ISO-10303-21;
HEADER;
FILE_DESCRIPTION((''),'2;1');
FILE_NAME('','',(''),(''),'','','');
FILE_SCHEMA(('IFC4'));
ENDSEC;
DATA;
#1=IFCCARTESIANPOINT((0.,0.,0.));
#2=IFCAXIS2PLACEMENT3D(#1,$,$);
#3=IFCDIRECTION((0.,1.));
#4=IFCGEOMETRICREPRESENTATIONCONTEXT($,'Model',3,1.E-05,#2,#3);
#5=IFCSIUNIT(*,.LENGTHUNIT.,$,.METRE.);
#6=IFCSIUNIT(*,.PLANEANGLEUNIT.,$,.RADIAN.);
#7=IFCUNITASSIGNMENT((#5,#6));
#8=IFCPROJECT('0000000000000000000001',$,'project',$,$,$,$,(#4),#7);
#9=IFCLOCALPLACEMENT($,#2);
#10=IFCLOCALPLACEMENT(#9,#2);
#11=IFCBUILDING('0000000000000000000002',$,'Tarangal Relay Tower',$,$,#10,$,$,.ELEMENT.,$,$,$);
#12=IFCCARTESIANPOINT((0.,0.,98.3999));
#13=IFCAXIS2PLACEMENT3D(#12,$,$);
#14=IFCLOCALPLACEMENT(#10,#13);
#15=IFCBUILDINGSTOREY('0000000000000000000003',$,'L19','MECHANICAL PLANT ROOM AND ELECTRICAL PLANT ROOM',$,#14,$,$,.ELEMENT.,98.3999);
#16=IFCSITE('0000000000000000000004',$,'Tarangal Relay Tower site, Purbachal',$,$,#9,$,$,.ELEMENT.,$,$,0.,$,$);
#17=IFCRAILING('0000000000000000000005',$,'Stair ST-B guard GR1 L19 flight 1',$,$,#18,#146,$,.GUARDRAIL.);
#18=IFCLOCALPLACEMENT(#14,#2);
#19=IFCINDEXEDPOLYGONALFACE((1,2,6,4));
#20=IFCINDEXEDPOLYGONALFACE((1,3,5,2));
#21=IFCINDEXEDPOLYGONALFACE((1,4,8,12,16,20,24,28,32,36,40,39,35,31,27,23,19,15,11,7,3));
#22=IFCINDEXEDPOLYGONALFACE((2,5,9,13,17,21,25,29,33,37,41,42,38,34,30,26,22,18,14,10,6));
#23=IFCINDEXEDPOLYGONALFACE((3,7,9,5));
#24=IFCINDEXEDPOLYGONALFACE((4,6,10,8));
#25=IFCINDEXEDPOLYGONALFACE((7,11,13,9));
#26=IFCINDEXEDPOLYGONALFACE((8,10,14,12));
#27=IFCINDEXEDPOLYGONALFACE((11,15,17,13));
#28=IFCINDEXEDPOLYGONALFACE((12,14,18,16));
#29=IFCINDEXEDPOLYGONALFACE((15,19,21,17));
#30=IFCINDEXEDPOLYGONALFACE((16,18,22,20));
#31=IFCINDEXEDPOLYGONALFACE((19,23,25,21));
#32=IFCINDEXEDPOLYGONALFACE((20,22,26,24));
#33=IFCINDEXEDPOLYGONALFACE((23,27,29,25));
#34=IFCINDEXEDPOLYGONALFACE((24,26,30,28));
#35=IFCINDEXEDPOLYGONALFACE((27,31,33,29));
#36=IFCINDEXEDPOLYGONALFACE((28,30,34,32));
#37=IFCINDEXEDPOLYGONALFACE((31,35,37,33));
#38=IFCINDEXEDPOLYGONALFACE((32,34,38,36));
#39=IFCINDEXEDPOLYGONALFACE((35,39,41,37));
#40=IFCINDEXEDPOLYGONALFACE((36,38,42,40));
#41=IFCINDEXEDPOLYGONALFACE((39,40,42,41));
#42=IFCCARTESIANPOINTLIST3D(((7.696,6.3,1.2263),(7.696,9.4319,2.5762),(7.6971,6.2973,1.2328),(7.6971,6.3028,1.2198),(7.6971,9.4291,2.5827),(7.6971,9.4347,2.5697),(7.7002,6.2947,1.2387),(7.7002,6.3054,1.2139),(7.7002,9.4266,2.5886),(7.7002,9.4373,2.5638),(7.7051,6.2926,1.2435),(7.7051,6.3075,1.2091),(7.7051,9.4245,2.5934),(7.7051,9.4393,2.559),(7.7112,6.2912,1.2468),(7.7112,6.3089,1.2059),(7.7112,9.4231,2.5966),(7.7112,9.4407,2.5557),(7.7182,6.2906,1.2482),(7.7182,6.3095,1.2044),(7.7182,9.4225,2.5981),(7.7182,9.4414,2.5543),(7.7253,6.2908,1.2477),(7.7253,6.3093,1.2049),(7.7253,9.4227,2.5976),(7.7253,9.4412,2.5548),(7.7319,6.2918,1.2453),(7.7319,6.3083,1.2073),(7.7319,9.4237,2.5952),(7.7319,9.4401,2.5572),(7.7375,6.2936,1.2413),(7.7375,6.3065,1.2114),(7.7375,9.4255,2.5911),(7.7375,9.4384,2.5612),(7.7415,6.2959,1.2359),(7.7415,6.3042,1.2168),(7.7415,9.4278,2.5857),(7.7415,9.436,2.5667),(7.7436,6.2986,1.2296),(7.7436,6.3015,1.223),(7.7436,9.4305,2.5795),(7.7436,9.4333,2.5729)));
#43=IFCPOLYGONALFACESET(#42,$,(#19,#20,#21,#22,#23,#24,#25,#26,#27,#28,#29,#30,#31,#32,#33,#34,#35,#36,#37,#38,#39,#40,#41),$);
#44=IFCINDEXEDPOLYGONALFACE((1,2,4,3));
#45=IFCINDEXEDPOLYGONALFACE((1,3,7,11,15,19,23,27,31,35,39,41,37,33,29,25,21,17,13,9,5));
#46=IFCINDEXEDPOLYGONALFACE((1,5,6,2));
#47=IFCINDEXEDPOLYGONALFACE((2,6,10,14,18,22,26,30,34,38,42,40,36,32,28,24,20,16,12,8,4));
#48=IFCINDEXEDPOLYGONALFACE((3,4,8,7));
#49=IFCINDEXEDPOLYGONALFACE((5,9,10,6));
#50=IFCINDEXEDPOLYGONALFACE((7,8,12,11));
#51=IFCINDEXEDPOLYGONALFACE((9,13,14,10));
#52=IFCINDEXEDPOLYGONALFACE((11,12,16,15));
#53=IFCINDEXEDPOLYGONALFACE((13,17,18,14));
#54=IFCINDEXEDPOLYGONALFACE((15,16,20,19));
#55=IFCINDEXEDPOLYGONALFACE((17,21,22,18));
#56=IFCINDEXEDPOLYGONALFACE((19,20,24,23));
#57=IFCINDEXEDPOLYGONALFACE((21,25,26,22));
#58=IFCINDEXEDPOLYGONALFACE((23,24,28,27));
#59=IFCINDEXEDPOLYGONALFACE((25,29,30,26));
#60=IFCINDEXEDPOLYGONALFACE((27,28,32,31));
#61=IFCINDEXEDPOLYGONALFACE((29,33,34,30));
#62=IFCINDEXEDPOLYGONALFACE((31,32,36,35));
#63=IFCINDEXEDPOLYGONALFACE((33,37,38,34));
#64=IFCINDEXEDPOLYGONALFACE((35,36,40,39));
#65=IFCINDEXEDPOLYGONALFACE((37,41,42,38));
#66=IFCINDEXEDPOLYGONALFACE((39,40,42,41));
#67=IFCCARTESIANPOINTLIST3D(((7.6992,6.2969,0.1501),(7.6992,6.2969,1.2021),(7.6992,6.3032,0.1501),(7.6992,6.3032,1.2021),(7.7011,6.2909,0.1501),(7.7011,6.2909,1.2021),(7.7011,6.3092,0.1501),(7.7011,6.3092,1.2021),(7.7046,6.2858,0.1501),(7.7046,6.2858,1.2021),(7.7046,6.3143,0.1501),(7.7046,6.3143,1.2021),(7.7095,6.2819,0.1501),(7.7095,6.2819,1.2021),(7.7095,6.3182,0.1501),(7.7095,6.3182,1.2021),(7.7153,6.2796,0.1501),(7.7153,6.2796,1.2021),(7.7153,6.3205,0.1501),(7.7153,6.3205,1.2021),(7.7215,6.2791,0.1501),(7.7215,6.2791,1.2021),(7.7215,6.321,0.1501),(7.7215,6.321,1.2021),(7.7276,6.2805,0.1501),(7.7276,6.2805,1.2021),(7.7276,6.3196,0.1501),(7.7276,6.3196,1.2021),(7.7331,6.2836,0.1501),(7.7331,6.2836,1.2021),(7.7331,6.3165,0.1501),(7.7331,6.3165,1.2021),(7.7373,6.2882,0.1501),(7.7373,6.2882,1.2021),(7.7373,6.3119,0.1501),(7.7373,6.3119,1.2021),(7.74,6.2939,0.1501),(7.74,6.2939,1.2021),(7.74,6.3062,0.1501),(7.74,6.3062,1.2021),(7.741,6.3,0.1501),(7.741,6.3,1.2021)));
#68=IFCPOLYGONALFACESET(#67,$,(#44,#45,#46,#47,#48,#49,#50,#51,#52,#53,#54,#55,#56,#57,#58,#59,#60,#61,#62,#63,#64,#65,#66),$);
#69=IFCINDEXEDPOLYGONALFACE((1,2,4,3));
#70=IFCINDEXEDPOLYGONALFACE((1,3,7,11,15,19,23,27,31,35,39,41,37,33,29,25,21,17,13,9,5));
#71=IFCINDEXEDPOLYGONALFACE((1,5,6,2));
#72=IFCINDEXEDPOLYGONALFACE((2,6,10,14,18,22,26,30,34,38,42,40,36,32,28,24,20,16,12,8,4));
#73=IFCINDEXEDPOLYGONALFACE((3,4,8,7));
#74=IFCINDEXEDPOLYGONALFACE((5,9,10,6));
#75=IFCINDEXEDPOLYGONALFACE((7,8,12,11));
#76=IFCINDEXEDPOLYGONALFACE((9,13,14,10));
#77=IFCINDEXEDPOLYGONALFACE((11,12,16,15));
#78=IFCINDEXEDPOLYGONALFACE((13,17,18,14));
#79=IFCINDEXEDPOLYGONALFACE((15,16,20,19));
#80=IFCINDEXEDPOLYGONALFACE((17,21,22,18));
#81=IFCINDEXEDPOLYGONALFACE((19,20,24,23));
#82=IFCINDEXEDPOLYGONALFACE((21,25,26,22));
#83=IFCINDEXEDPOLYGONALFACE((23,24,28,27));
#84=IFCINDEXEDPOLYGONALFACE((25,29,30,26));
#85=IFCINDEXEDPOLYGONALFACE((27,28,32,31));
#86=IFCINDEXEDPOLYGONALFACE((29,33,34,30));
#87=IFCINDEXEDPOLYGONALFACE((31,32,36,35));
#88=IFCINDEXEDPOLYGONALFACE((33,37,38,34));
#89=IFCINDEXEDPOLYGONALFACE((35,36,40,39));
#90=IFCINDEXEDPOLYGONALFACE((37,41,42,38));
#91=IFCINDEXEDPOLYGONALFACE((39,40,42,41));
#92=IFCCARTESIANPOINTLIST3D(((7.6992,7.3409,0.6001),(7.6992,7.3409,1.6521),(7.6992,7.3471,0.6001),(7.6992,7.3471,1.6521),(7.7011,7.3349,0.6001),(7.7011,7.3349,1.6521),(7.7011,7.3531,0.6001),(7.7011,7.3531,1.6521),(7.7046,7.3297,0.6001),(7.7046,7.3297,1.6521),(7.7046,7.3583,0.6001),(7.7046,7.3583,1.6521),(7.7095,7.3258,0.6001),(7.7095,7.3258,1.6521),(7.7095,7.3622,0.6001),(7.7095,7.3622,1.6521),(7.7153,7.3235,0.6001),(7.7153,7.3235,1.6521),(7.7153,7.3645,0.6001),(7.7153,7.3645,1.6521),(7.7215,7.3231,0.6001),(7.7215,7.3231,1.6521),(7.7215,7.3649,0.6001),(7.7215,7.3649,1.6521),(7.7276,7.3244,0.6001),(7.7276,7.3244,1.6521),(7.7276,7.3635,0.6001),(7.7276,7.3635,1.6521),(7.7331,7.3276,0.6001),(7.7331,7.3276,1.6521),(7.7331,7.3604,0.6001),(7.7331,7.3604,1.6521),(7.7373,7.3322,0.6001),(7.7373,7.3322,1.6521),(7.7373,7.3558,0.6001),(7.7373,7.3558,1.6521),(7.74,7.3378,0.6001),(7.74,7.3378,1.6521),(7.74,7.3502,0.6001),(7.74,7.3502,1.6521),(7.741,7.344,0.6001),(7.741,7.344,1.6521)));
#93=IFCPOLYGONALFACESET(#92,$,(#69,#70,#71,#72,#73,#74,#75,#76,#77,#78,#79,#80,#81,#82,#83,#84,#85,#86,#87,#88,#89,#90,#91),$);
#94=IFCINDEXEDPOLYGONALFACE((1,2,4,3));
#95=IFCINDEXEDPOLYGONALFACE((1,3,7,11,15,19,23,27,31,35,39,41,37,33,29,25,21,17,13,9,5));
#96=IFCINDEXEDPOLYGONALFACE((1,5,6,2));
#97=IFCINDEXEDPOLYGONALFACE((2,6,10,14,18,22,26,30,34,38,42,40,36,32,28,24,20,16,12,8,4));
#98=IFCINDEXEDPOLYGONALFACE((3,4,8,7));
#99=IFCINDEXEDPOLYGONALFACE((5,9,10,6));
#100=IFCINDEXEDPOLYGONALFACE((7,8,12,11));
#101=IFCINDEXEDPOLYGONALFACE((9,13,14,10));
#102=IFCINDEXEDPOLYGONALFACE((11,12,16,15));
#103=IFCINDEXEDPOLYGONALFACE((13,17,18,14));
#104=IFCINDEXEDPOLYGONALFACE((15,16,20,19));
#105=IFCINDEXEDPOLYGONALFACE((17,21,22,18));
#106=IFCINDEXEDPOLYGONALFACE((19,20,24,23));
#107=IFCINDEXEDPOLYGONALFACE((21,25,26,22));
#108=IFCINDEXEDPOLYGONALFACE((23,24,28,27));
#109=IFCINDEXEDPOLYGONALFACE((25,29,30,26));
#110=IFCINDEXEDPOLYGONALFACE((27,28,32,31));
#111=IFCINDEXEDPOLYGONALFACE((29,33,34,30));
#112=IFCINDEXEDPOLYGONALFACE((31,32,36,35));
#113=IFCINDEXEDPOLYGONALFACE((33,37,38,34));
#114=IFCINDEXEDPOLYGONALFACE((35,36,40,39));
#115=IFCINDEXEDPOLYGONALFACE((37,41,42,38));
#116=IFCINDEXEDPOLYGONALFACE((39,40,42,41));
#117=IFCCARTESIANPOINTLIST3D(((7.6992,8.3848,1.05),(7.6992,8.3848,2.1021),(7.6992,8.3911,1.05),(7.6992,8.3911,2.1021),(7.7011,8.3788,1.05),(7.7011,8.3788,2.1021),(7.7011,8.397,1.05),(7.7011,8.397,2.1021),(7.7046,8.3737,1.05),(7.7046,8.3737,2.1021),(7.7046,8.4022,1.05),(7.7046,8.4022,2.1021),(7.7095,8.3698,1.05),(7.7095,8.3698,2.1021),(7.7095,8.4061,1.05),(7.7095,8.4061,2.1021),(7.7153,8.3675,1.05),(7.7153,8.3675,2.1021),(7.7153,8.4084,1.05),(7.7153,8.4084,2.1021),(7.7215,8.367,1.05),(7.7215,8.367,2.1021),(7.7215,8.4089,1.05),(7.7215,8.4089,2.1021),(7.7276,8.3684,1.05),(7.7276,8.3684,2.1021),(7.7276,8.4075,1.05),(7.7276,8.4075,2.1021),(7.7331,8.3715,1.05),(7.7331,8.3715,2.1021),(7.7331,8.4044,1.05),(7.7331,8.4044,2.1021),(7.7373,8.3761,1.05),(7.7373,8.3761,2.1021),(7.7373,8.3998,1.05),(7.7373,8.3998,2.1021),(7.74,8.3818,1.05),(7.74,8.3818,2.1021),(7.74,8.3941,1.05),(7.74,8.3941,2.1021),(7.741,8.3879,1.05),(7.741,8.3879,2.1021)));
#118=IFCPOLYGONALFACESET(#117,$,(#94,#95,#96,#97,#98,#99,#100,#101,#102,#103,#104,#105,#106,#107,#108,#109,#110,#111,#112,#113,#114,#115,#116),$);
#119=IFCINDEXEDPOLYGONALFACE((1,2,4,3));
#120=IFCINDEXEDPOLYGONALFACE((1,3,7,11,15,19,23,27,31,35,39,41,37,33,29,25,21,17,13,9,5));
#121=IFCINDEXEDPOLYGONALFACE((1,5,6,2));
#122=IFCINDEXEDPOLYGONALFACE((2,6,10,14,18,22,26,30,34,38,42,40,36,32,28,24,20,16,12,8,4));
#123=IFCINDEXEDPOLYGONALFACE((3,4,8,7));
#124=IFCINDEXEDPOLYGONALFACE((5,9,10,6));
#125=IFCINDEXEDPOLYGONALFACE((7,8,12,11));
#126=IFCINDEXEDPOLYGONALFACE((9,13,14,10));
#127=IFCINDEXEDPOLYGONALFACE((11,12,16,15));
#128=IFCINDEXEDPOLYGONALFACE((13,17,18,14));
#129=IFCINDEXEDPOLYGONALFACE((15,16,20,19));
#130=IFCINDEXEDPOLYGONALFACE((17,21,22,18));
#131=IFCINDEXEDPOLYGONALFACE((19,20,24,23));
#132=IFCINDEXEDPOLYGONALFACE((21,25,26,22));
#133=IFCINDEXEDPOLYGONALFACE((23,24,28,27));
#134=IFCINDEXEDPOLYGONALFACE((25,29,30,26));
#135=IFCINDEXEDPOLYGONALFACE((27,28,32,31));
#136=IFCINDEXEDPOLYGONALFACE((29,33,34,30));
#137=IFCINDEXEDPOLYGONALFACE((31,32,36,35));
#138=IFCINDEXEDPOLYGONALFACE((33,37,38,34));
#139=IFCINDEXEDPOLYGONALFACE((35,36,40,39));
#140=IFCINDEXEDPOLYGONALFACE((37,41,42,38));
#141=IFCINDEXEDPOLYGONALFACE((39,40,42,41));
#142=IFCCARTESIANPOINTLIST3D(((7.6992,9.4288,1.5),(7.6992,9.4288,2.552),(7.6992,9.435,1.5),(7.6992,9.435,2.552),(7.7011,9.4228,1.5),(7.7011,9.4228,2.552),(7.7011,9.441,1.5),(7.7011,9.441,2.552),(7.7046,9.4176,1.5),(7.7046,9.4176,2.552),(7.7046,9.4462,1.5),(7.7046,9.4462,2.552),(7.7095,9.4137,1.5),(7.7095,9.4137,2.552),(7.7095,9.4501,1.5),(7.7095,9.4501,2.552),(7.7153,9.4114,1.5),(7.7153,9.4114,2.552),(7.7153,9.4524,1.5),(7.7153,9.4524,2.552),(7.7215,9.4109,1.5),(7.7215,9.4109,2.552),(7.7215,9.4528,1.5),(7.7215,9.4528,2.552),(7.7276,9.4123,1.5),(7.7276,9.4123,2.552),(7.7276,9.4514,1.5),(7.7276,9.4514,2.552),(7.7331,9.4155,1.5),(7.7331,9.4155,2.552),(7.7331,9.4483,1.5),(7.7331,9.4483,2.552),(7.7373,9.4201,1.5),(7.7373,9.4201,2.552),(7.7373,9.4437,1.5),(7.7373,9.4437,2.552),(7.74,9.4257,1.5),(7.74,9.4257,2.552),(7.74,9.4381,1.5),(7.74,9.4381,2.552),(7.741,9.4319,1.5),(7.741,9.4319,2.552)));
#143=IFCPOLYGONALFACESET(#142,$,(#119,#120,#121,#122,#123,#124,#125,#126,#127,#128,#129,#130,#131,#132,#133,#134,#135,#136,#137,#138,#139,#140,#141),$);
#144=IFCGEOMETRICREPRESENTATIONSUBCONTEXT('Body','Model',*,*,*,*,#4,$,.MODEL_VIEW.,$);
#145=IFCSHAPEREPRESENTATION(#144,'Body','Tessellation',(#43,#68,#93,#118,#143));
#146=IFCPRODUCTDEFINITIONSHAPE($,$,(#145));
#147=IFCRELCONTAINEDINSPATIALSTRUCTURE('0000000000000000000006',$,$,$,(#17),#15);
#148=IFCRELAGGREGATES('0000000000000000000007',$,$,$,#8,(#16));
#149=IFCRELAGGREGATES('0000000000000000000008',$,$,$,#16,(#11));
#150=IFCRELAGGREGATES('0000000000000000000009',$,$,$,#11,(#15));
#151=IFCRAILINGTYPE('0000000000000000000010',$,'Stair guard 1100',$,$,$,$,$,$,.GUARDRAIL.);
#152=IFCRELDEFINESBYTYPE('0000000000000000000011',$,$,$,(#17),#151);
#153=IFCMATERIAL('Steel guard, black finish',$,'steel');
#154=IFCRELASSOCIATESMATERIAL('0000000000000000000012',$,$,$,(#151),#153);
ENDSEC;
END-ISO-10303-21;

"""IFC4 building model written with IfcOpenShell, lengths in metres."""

from ifc_helpers import new_model, si_unit, direction, frame, origin, origin_2d, place, context, subcontext, project, spatial, circle, extrude, material, type_object, element, save


model = new_model("IFC4")

# Units and contexts
model_context = context("Model", 3, precision=1e-05, world=origin(), true_north=direction((0.0, 1.0)))
body_context = subcontext(model_context, "Body", "Model", "MODEL_VIEW")
ifc_project = project(units=[si_unit("LENGTHUNIT", "METRE"), si_unit("PLANEANGLEUNIT", "RADIAN")], contexts=[model_context])

# Site, building, storey
site_placement = place(None, origin())
site = spatial("IfcSite", under=ifc_project, at=site_placement, Name="Tarangal Relay Tower site, Purbachal", CompositionType="ELEMENT", RefElevation=0.0)
building_placement = place(site_placement, origin())
building = spatial("IfcBuilding", under=site, at=building_placement, Name="Tarangal Relay Tower", CompositionType="ELEMENT")
storey_placement = place(building_placement, frame((0.0, 0.0, 98.3999)))
storey = spatial("IfcBuildingStorey", under=building, at=storey_placement, Name="L19", Description="MECHANICAL PLANT ROOM AND ELECTRICAL PLANT ROOM", CompositionType="ELEMENT", Elevation=98.3999)

# Railing
ifc_material_1 = material(Name="Steel guard, black finish", Category="steel")
railing_type_1 = type_object("IfcRailingType", Name="Stair guard 1100", PredefinedType="GUARDRAIL", material=ifc_material_1)
railing_1_placement = place(storey_placement, frame((7.72, 6.3, 0.1501)))
element("IfcRailing", 1, at=railing_1_placement, inside=storey, type_object=railing_type_1, Name="Stair ST-B guard GR1 L19 flight 1", PredefinedType="GUARDRAIL", context=body_context, shape_type="SweptSolid", body=[
    extrude(circle(Radius=0.0239, at=origin_2d()), frame((0.0, 0.0, 1.0762), z_axis=(0.0, 0.918332, 0.395811), x_axis=(-1.0, 0.0, 0.0)), (0.0, 0.0, 1.0), 3.4104),
    extrude(circle(Radius=0.021, at=origin_2d()), origin(), (0.0, 0.0, 1.0), 1.052),
    extrude(circle(Radius=0.021, at=origin_2d()), frame((0.0, 1.0439, 0.45)), (0.0, 0.0, 1.0), 1.052),
    extrude(circle(Radius=0.021, at=origin_2d()), frame((0.0, 2.0879, 0.8999)), (0.0, 0.0, 1.0), 1.052),
    extrude(circle(Radius=0.021, at=origin_2d()), frame((0.0, 3.1318, 1.3499)), (0.0, 0.0, 1.0), 1.052),
])

save(model, "model.ifc")
